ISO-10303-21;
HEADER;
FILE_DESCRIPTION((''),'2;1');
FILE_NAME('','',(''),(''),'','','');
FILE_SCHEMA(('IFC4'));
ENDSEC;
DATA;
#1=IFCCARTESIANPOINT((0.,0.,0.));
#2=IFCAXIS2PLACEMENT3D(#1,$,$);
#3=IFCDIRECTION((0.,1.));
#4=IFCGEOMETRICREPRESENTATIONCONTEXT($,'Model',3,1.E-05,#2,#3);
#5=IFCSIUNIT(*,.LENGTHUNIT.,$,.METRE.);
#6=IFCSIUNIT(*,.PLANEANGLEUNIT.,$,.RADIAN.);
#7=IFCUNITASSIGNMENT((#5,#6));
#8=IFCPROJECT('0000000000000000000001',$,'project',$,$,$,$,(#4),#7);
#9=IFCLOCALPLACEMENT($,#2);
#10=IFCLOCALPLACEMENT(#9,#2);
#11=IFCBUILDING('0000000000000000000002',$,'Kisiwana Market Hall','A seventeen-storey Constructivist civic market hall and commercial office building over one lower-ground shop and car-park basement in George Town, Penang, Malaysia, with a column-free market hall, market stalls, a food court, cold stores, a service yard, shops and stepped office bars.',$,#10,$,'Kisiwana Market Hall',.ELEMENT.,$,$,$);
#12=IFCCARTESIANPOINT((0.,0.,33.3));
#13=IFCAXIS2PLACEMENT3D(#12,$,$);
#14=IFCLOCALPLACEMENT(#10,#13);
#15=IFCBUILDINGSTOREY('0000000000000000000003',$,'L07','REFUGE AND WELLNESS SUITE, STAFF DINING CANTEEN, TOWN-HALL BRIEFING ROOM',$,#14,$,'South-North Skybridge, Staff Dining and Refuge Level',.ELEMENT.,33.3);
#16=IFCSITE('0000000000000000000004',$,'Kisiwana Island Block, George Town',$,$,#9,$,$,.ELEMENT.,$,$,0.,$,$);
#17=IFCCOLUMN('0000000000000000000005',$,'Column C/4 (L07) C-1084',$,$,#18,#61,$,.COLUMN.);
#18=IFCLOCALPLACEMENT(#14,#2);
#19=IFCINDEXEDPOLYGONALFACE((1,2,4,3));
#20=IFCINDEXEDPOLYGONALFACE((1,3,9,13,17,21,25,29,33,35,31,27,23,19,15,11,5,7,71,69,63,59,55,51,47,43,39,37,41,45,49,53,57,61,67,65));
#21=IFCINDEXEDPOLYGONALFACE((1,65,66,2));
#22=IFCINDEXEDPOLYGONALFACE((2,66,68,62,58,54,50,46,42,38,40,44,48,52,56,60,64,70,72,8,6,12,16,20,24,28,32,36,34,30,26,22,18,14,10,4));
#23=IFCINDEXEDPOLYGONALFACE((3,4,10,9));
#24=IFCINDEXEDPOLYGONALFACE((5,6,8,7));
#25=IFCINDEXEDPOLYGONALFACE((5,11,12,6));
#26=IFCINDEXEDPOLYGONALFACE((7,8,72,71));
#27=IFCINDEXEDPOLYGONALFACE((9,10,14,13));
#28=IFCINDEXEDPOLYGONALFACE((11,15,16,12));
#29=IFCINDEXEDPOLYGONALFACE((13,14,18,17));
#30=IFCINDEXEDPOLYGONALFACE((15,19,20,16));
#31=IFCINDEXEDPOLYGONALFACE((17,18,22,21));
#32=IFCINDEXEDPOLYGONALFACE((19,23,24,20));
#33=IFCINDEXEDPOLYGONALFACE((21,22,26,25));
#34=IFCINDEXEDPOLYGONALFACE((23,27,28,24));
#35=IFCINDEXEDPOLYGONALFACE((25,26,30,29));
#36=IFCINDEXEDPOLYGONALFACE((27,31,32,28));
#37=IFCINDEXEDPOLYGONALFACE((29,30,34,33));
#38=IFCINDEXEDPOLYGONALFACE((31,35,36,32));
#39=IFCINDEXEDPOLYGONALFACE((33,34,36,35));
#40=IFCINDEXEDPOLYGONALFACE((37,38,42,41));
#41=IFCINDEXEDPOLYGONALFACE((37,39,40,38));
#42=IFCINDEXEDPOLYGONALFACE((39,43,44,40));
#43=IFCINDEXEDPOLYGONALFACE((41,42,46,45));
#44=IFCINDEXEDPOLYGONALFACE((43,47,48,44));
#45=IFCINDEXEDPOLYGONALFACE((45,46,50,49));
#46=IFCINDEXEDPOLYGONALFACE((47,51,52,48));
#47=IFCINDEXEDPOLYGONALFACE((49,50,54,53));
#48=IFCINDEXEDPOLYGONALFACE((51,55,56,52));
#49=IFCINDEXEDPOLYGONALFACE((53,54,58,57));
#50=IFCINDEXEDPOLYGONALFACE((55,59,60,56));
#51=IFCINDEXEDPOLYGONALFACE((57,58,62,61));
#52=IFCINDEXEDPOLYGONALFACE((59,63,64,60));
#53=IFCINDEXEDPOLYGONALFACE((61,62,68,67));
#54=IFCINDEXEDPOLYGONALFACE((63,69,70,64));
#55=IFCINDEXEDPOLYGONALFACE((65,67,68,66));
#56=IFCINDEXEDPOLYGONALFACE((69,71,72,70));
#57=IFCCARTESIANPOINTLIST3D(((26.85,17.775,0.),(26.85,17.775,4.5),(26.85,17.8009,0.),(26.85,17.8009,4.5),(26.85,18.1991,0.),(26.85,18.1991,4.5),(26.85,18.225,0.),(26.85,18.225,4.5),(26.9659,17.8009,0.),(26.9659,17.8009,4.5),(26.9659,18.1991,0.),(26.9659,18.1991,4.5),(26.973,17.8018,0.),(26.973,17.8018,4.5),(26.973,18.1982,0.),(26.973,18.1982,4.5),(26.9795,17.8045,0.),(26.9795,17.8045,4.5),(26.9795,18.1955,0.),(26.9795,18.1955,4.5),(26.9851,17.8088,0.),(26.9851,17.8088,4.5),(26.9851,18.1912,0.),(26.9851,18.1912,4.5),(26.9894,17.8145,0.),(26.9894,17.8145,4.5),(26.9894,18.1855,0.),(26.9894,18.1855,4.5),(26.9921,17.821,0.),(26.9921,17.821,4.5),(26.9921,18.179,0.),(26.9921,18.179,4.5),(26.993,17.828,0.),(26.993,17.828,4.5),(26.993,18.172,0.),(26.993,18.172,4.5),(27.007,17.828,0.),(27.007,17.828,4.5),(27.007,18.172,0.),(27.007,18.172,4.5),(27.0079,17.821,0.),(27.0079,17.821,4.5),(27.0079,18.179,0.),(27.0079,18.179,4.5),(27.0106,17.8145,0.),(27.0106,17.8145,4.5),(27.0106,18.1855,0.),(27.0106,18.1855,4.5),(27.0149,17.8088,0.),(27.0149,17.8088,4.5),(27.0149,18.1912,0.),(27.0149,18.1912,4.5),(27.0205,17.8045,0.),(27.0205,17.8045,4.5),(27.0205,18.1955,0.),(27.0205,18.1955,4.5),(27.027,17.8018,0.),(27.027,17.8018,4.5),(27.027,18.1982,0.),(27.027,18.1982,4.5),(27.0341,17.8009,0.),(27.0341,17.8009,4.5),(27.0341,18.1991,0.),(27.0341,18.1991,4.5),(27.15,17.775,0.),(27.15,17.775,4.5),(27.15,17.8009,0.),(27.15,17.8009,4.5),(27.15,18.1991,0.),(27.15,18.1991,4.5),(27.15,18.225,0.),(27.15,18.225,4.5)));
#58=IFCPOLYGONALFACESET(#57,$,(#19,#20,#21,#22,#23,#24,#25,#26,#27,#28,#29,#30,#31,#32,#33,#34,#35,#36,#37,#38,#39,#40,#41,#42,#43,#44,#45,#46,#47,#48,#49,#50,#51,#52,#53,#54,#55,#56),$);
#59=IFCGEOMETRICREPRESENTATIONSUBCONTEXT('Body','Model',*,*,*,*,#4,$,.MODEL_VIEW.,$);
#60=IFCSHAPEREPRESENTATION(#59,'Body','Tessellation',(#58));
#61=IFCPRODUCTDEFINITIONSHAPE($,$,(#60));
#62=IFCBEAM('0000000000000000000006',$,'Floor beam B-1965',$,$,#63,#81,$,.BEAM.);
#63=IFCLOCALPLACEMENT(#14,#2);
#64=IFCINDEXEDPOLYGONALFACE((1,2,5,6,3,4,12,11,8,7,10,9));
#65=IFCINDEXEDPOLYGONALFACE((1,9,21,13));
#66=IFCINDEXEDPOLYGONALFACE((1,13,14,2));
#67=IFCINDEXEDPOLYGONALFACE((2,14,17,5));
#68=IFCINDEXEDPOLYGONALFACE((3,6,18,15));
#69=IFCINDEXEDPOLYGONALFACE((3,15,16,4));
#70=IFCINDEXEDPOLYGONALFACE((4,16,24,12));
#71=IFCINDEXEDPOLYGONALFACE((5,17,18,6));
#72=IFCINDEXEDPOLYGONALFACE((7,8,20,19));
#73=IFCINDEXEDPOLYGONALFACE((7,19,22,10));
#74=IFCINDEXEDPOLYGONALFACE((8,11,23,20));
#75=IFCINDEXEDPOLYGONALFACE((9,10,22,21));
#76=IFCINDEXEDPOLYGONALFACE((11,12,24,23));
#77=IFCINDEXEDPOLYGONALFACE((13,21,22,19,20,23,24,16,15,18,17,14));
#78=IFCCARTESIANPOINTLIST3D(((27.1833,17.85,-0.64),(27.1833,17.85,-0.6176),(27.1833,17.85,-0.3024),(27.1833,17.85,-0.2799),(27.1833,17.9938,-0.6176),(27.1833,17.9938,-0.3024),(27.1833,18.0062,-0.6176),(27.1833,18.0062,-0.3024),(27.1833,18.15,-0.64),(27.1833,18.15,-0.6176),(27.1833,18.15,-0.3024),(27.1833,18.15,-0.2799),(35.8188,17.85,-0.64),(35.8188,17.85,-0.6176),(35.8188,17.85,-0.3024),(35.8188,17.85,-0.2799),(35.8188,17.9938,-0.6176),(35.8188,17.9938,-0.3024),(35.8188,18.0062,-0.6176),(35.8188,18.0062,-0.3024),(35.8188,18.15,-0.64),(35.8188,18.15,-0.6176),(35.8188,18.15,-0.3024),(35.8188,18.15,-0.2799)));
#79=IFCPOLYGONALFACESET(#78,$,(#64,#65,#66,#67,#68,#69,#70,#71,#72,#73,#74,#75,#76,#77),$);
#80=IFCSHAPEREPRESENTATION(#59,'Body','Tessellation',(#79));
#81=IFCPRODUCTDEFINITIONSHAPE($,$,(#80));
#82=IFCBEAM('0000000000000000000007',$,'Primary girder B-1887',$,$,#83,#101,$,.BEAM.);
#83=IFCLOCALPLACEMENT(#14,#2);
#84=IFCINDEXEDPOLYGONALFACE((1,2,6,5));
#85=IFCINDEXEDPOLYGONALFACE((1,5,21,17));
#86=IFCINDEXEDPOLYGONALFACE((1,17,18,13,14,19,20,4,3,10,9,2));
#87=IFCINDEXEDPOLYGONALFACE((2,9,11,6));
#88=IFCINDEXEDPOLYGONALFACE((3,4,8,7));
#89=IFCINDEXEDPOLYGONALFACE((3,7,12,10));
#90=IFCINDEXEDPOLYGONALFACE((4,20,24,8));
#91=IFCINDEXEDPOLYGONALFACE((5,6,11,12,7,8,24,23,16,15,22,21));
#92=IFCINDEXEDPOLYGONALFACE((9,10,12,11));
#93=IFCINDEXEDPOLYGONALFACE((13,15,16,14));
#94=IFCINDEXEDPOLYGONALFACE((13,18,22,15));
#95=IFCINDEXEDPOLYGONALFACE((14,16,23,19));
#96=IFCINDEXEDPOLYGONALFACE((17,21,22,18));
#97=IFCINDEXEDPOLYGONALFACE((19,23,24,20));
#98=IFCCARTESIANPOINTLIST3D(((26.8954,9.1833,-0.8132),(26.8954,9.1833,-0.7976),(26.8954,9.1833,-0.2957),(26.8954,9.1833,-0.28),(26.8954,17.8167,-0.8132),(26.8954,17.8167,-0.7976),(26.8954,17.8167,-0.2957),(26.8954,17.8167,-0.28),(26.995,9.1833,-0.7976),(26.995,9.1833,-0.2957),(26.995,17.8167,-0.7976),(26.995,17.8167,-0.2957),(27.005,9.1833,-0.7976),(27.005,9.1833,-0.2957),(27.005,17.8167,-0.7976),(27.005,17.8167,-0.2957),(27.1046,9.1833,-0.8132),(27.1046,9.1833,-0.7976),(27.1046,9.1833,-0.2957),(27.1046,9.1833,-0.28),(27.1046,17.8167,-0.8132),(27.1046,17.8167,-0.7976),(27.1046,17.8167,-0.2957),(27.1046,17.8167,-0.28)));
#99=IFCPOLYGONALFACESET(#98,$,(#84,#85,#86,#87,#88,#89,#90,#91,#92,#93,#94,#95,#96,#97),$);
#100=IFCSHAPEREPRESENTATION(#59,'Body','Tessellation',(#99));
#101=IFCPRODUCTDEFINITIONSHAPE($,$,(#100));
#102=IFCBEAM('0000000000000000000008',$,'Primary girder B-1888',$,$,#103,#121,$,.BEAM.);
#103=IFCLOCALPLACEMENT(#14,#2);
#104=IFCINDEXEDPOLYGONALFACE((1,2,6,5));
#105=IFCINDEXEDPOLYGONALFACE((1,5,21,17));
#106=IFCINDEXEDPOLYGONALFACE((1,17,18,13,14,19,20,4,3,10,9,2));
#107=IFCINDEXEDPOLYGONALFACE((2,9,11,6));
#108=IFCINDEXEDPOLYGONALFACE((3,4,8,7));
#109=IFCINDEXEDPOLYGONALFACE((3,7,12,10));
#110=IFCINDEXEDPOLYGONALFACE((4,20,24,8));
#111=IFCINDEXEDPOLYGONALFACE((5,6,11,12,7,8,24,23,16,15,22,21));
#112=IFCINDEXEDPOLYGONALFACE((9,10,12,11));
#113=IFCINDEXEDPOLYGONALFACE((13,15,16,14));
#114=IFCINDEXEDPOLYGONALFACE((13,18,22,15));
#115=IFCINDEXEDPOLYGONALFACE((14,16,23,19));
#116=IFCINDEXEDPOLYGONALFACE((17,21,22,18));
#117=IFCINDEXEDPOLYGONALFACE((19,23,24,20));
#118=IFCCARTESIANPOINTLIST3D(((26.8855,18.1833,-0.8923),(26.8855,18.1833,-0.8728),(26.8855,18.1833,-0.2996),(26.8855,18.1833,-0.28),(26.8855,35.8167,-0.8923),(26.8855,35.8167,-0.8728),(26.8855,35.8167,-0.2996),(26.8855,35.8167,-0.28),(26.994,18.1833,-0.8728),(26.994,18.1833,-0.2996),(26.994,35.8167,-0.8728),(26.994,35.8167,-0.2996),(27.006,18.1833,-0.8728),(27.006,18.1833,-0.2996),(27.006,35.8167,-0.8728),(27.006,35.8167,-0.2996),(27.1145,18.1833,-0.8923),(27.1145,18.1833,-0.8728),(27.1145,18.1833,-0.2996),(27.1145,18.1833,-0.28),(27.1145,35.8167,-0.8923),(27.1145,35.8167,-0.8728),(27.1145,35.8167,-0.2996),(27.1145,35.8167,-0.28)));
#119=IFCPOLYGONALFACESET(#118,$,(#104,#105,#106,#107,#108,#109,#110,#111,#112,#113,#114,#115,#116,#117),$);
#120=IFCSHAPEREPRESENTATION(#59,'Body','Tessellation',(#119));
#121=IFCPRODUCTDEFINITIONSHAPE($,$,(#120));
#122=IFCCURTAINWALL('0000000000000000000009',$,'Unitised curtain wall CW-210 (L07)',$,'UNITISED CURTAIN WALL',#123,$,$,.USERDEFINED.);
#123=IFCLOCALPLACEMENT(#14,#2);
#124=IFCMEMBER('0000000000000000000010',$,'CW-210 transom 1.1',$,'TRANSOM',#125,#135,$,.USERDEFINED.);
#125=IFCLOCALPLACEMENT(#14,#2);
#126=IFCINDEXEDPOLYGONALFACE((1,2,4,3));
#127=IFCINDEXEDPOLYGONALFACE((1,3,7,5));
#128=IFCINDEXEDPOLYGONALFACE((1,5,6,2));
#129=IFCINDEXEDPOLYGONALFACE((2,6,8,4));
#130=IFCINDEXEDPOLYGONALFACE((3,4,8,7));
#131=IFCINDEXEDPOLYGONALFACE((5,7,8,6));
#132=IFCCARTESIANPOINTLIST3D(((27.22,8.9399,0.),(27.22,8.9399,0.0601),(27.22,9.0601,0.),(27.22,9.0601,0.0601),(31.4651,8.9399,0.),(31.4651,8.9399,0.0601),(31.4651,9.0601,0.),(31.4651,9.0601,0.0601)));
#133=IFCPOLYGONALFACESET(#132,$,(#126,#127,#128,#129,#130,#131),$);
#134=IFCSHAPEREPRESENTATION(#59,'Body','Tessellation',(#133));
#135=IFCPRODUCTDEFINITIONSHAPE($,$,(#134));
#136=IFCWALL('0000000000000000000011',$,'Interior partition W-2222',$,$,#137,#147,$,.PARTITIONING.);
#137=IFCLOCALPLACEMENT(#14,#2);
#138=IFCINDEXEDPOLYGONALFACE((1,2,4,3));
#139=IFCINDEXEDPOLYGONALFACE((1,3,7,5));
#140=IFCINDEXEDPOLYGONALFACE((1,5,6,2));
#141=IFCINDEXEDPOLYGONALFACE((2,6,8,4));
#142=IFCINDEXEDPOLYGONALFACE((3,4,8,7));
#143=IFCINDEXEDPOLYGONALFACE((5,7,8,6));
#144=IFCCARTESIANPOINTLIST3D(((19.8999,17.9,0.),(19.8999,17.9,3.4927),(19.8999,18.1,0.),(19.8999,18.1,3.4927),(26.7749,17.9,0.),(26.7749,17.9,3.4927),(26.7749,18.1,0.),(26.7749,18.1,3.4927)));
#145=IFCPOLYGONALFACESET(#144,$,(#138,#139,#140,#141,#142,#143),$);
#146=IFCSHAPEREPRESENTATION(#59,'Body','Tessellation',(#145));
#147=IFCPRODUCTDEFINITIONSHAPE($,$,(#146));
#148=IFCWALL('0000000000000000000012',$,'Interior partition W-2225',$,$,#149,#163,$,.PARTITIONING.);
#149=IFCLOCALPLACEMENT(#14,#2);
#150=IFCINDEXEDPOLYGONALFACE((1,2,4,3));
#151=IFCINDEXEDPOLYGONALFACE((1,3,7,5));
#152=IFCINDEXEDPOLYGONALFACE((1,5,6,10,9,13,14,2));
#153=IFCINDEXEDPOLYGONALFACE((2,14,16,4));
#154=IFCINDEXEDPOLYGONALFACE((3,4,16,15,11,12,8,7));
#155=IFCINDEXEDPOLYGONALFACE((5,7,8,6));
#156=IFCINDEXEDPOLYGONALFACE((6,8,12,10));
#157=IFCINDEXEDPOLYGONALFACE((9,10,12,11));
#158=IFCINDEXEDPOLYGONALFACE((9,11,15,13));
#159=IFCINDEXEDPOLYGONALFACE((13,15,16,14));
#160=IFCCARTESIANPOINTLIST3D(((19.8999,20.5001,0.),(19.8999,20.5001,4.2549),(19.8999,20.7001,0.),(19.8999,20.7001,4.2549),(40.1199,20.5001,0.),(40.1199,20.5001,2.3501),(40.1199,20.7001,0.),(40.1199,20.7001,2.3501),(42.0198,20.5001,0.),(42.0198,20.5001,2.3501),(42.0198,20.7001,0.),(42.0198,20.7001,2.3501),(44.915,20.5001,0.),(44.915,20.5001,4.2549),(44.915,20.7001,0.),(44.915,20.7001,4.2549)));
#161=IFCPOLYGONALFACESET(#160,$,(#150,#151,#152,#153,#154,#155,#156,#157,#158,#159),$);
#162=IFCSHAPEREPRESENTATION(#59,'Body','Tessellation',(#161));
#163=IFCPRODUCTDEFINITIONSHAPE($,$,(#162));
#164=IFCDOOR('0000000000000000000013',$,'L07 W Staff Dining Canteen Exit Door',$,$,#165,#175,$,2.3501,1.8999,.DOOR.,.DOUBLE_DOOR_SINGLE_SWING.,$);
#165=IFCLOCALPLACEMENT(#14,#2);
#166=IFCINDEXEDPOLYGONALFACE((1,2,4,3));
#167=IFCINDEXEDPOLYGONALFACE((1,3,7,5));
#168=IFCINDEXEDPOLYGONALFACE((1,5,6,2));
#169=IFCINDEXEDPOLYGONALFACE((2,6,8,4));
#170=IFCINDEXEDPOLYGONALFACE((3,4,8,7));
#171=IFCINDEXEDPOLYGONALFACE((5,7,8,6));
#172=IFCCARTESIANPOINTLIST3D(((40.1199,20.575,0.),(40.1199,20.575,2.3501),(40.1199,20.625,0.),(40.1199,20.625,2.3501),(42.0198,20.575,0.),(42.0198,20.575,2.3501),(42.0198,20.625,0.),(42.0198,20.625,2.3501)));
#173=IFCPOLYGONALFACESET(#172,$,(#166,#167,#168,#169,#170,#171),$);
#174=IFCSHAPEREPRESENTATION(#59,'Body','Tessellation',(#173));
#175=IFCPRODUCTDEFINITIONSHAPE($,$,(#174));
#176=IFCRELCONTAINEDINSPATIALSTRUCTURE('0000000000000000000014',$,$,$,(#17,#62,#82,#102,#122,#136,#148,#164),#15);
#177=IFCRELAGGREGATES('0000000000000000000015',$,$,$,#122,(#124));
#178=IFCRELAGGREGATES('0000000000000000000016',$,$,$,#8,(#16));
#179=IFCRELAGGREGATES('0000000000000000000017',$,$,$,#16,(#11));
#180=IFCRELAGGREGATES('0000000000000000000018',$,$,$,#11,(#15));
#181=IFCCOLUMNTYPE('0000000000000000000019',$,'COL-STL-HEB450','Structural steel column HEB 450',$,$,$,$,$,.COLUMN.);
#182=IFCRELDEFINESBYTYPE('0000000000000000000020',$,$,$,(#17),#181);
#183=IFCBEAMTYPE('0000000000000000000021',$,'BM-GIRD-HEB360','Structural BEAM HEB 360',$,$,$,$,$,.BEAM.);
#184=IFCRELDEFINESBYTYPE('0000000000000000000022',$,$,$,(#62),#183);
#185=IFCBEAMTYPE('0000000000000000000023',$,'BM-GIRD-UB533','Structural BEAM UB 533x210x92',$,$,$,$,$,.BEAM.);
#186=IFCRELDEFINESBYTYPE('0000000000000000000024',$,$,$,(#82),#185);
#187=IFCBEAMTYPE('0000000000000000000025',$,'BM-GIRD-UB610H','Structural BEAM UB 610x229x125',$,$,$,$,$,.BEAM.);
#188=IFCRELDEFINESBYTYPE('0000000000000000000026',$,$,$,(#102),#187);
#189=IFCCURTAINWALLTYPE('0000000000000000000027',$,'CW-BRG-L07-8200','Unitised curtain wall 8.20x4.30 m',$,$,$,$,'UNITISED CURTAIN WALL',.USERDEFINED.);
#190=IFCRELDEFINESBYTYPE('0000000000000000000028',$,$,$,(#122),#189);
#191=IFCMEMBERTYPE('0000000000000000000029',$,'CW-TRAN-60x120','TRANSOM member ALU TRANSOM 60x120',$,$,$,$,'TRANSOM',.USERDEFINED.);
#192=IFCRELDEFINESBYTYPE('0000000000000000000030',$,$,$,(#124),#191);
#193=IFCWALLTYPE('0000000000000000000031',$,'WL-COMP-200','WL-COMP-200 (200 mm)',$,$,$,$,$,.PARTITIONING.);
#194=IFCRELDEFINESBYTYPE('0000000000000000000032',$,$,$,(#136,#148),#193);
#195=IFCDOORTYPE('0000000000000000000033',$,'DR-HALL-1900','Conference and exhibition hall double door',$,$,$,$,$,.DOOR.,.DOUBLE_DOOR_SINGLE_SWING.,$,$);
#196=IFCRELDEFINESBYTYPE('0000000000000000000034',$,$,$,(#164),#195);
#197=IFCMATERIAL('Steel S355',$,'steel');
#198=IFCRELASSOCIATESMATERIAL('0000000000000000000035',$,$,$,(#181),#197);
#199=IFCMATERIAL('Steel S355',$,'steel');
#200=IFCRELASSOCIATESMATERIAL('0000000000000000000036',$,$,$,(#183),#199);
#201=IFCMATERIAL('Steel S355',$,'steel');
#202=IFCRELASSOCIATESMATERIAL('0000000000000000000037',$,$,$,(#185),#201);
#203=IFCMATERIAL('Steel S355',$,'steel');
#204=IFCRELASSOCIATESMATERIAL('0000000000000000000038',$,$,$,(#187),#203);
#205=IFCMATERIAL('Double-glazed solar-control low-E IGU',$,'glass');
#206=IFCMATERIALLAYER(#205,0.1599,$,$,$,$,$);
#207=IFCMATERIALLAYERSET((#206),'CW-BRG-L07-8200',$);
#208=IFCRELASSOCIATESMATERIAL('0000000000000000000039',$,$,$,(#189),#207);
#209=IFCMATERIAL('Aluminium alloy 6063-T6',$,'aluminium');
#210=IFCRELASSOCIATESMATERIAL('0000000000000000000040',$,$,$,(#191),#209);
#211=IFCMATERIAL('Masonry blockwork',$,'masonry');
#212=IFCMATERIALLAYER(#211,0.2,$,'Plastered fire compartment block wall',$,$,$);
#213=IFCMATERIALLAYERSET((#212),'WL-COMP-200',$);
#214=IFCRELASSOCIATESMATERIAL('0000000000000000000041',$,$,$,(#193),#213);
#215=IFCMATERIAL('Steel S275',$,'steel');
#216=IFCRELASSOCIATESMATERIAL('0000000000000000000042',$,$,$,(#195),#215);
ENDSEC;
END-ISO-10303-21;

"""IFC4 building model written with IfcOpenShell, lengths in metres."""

from ifc_helpers import new_model, si_unit, direction, frame, frame_2d, origin, origin_2d, place, context, subcontext, project, spatial, rectangle, i_section, extrude, material, layer, layer_set, material_profile, profile_set, type_object, element, fill, aggregate, save


model = new_model("IFC4")

# Units and contexts
model_context = context("Model", 3, precision=1e-05, world=origin(), true_north=direction((0.0, 1.0)))
body_context = subcontext(model_context, "Body", "Model", "MODEL_VIEW")
ifc_project = project(units=[si_unit("LENGTHUNIT", "METRE"), si_unit("PLANEANGLEUNIT", "RADIAN")], contexts=[model_context])

# Site, building, storey
site_placement = place(None, origin())
site = spatial("IfcSite", under=ifc_project, at=site_placement, Name="Kisiwana Island Block, George Town", CompositionType="ELEMENT", RefElevation=0.0)
building_placement = place(site_placement, origin())
building = spatial("IfcBuilding", under=site, at=building_placement, Name="Kisiwana Market Hall", Description="A seventeen-storey Constructivist civic market hall and commercial office building over one lower-ground shop and car-park basement in George Town, Penang, Malaysia, with a column-free market hall, market stalls, a food court, cold stores, a service yard, shops and stepped office bars.", LongName="Kisiwana Market Hall", CompositionType="ELEMENT")
storey_placement = place(building_placement, frame((0.0, 0.0, 33.3)))
storey = spatial("IfcBuildingStorey", under=building, at=storey_placement, Name="L07", Description="REFUGE AND WELLNESS SUITE, STAFF DINING CANTEEN, TOWN-HALL BRIEFING ROOM", LongName="South-North Skybridge, Staff Dining and Refuge Level", CompositionType="ELEMENT", Elevation=33.3)

# Column
ifc_material_1 = material(Name="Steel S355", Category="steel")
ifc_material_profile_1 = material_profile(ifc_material_1, i_section(OverallWidth=0.3, OverallDepth=0.45, WebThickness=0.0139, FlangeThickness=0.0259, FilletRadius=0.0271, at=origin_2d()), Name="HEB 450")
ifc_profile_set_1 = profile_set([ifc_material_profile_1], Name="Steel S355")
column_type = type_object("IfcColumnType", Name="COL-STL-HEB450", Description="Structural steel column HEB 450", PredefinedType="COLUMN", material=ifc_profile_set_1)
column_placement = place(storey_placement, frame((27.0, 18.0, 0.0), z_axis=(0.0, 0.0, 1.0), x_axis=(1.0, 0.0, 0.0)))
element("IfcColumn", 1, at=column_placement, inside=storey, type_object=column_type, Name="Column C/4 (L07) C-1084", PredefinedType="COLUMN", context=body_context, shape_type="SweptSolid", body=[
    extrude(i_section(OverallWidth=0.3, OverallDepth=0.45, WebThickness=0.0139, FlangeThickness=0.0259, FilletRadius=0.0271, at=origin_2d()), origin(), (0.0, 0.0, 1.0), 4.5),
])

# Beams
ifc_material_2 = material(Name="Steel S355", Category="steel")
ifc_material_profile_2 = material_profile(ifc_material_2, i_section(OverallWidth=0.3, OverallDepth=0.3601, WebThickness=0.0125, FlangeThickness=0.0225, at=origin_2d()), Name="HEB 360")
ifc_profile_set_2 = profile_set([ifc_material_profile_2], Name="Steel S355")
beam_type_1 = type_object("IfcBeamType", Name="BM-GIRD-HEB360", Description="Structural BEAM HEB 360", PredefinedType="BEAM", material=ifc_profile_set_2)
beam_1_placement = place(storey_placement, frame((27.1833, 18.0, -0.46), z_axis=(1.0, 0.0, 0.0), x_axis=(0.0, 1.0, 0.0)))
element("IfcBeam", 2, at=beam_1_placement, inside=storey, type_object=beam_type_1, Name="Floor beam B-1965", PredefinedType="BEAM", context=body_context, shape_type="SweptSolid", body=[
    extrude(i_section(OverallWidth=0.3, OverallDepth=0.3601, WebThickness=0.0125, FlangeThickness=0.0225, at=origin_2d()), origin(), (0.0, 0.0, 1.0), 8.6355),
])
ifc_material_3 = material(Name="Steel S355", Category="steel")
ifc_material_profile_3 = material_profile(ifc_material_3, i_section(OverallWidth=0.2092, OverallDepth=0.5332, WebThickness=0.01, FlangeThickness=0.0156, at=origin_2d()), Name="UB 533x210x92")
ifc_profile_set_3 = profile_set([ifc_material_profile_3], Name="Steel S355")
beam_type_2 = type_object("IfcBeamType", Name="BM-GIRD-UB533", Description="Structural BEAM UB 533x210x92", PredefinedType="BEAM", material=ifc_profile_set_3)
beam_2_placement = place(storey_placement, frame((27.0, 9.1833, -0.5466), z_axis=(0.0, 1.0, 0.0), x_axis=(-1.0, 0.0, 0.0)))
element("IfcBeam", 3, at=beam_2_placement, inside=storey, type_object=beam_type_2, Name="Primary girder B-1887", PredefinedType="BEAM", context=body_context, shape_type="SweptSolid", body=[
    extrude(i_section(OverallWidth=0.2092, OverallDepth=0.5332, WebThickness=0.01, FlangeThickness=0.0156, at=origin_2d()), origin(), (0.0, 0.0, 1.0), 8.6333),
])
ifc_material_4 = material(Name="Steel S355", Category="steel")
ifc_material_profile_4 = material_profile(ifc_material_4, i_section(OverallWidth=0.229, OverallDepth=0.6123, WebThickness=0.012, FlangeThickness=0.0195, at=origin_2d()), Name="UB 610x229x125")
ifc_profile_set_4 = profile_set([ifc_material_profile_4], Name="Steel S355")
beam_type_3 = type_object("IfcBeamType", Name="BM-GIRD-UB610H", Description="Structural BEAM UB 610x229x125", PredefinedType="BEAM", material=ifc_profile_set_4)
beam_3_placement = place(storey_placement, frame((27.0, 18.1833, -0.5862), z_axis=(0.0, 1.0, 0.0), x_axis=(-1.0, 0.0, 0.0)))
element("IfcBeam", 4, at=beam_3_placement, inside=storey, type_object=beam_type_3, Name="Primary girder B-1888", PredefinedType="BEAM", context=body_context, shape_type="SweptSolid", body=[
    extrude(i_section(OverallWidth=0.229, OverallDepth=0.6123, WebThickness=0.012, FlangeThickness=0.0195, at=origin_2d()), origin(), (0.0, 0.0, 1.0), 17.6333),
])

# Curtain wall, member
ifc_material_5 = material(Name="Double-glazed solar-control low-E IGU", Category="glass")
ifc_layer_1 = layer(ifc_material_5, 0.1599)
ifc_layer_set_1 = layer_set([ifc_layer_1], Name="CW-BRG-L07-8200")
curtain_wall_type = type_object("IfcCurtainWallType", Name="CW-BRG-L07-8200", Description="Unitised curtain wall 8.20x4.30 m", ElementType="UNITISED CURTAIN WALL", PredefinedType="USERDEFINED", material=ifc_layer_set_1)
curtain_wall_placement = place(storey_placement, origin())
curtain_wall = element("IfcCurtainWall", 5, at=curtain_wall_placement, inside=storey, type_object=curtain_wall_type, Name="Unitised curtain wall CW-210 (L07)", ObjectType="UNITISED CURTAIN WALL", PredefinedType="USERDEFINED")
ifc_material_6 = material(Name="Aluminium alloy 6063-T6", Category="aluminium")
ifc_material_profile_5 = material_profile(ifc_material_6, rectangle(XDim=0.1201, YDim=0.0601, at=origin_2d()), Name="ALU TRANSOM 60x120")
ifc_profile_set_5 = profile_set([ifc_material_profile_5], Name="Aluminium alloy 6063-T6")
member_type = type_object("IfcMemberType", Name="CW-TRAN-60x120", Description="TRANSOM member ALU TRANSOM 60x120", ElementType="TRANSOM", PredefinedType="USERDEFINED", material=ifc_profile_set_5)
member_placement = place(storey_placement, frame((27.22, 9.0, 0.03), z_axis=(1.0, 0.0, 0.0), x_axis=(0.0, 1.0, 0.0)))
member = element("IfcMember", 6, at=member_placement, type_object=member_type, Name="CW-210 transom 1.1", ObjectType="TRANSOM", PredefinedType="USERDEFINED", context=body_context, shape_type="SweptSolid", body=[
    extrude(rectangle(XDim=0.1201, YDim=0.0601, at=origin_2d()), origin(), (0.0, 0.0, 1.0), 4.2451),
])
aggregate(curtain_wall, [member])

# Wall
ifc_material_7 = material(Name="Masonry blockwork", Category="masonry")
ifc_layer_2 = layer(ifc_material_7, 0.2, Name="Plastered fire compartment block wall")
ifc_layer_set_2 = layer_set([ifc_layer_2], Name="WL-COMP-200")
wall_type_1 = type_object("IfcWallType", Name="WL-COMP-200", Description="WL-COMP-200 (200 mm)", PredefinedType="PARTITIONING", material=ifc_layer_set_2)
wall_1_placement = place(storey_placement, frame((19.8999, 18.0, 0.0), z_axis=(0.0, 0.0, 1.0), x_axis=(1.0, 0.0, 0.0)))
element("IfcWall", 7, at=wall_1_placement, inside=storey, type_object=wall_type_1, Name="Interior partition W-2222", PredefinedType="PARTITIONING", context=body_context, shape_type="SweptSolid", body=[
    extrude(rectangle(XDim=6.875, YDim=0.2, at=frame_2d((3.4375, 0.0))), origin(), (0.0, 0.0, 1.0), 3.4927),
])

# Wall, opening, door
wall_2_placement = place(storey_placement, frame((19.8999, 20.6001, 0.0), z_axis=(0.0, 0.0, 1.0), x_axis=(1.0, 0.0, 0.0)))
wall_2 = element("IfcWall", 8, at=wall_2_placement, inside=storey, type_object=wall_type_1, Name="Interior partition W-2225", PredefinedType="PARTITIONING", context=body_context, shape_type="SweptSolid", body=[
    extrude(rectangle(XDim=25.0151, YDim=0.2, at=frame_2d((12.5076, 0.0))), origin(), (0.0, 0.0, 1.0), 4.2549),
])
opening_1_placement = place(wall_2_placement, frame((20.22, 0.0, 0.0)))
opening_1 = element("IfcOpeningElement", 9, at=opening_1_placement, cuts=wall_2, PredefinedType="OPENING", context=body_context, shape_type="SweptSolid", body=[
    extrude(rectangle(XDim=1.8999, YDim=2.3501, at=frame_2d((0.95, 1.175))), frame((0.0, 0.1118, 0.0), z_axis=(0.0, -1.0, 0.0), x_axis=(1.0, 0.0, 0.0)), (0.0, 0.0, 1.0), 0.2239),
])
ifc_material_8 = material(Name="Steel S275", Category="steel")
door_type_1 = type_object("IfcDoorType", Name="DR-HALL-1900", Description="Conference and exhibition hall double door", OperationType="DOUBLE_DOOR_SINGLE_SWING", PredefinedType="DOOR", material=ifc_material_8)
door_1_placement = place(opening_1_placement, origin())
door_1 = element("IfcDoor", 10, at=door_1_placement, inside=storey, type_object=door_type_1, Name="L07 W Staff Dining Canteen Exit Door", OperationType="DOUBLE_DOOR_SINGLE_SWING", OverallHeight=2.3501, OverallWidth=1.8999, PredefinedType="DOOR", context=body_context, shape_type="SweptSolid", body=[
    extrude(rectangle(XDim=1.8999, YDim=2.3501, at=frame_2d((0.95, 1.175))), frame((0.0, 0.0249, 0.0), z_axis=(0.0, -1.0, 0.0), x_axis=(1.0, 0.0, 0.0)), (0.0, 0.0, 1.0), 0.05),
])
fill(opening_1, door_1)

save(model, "model.ifc")
